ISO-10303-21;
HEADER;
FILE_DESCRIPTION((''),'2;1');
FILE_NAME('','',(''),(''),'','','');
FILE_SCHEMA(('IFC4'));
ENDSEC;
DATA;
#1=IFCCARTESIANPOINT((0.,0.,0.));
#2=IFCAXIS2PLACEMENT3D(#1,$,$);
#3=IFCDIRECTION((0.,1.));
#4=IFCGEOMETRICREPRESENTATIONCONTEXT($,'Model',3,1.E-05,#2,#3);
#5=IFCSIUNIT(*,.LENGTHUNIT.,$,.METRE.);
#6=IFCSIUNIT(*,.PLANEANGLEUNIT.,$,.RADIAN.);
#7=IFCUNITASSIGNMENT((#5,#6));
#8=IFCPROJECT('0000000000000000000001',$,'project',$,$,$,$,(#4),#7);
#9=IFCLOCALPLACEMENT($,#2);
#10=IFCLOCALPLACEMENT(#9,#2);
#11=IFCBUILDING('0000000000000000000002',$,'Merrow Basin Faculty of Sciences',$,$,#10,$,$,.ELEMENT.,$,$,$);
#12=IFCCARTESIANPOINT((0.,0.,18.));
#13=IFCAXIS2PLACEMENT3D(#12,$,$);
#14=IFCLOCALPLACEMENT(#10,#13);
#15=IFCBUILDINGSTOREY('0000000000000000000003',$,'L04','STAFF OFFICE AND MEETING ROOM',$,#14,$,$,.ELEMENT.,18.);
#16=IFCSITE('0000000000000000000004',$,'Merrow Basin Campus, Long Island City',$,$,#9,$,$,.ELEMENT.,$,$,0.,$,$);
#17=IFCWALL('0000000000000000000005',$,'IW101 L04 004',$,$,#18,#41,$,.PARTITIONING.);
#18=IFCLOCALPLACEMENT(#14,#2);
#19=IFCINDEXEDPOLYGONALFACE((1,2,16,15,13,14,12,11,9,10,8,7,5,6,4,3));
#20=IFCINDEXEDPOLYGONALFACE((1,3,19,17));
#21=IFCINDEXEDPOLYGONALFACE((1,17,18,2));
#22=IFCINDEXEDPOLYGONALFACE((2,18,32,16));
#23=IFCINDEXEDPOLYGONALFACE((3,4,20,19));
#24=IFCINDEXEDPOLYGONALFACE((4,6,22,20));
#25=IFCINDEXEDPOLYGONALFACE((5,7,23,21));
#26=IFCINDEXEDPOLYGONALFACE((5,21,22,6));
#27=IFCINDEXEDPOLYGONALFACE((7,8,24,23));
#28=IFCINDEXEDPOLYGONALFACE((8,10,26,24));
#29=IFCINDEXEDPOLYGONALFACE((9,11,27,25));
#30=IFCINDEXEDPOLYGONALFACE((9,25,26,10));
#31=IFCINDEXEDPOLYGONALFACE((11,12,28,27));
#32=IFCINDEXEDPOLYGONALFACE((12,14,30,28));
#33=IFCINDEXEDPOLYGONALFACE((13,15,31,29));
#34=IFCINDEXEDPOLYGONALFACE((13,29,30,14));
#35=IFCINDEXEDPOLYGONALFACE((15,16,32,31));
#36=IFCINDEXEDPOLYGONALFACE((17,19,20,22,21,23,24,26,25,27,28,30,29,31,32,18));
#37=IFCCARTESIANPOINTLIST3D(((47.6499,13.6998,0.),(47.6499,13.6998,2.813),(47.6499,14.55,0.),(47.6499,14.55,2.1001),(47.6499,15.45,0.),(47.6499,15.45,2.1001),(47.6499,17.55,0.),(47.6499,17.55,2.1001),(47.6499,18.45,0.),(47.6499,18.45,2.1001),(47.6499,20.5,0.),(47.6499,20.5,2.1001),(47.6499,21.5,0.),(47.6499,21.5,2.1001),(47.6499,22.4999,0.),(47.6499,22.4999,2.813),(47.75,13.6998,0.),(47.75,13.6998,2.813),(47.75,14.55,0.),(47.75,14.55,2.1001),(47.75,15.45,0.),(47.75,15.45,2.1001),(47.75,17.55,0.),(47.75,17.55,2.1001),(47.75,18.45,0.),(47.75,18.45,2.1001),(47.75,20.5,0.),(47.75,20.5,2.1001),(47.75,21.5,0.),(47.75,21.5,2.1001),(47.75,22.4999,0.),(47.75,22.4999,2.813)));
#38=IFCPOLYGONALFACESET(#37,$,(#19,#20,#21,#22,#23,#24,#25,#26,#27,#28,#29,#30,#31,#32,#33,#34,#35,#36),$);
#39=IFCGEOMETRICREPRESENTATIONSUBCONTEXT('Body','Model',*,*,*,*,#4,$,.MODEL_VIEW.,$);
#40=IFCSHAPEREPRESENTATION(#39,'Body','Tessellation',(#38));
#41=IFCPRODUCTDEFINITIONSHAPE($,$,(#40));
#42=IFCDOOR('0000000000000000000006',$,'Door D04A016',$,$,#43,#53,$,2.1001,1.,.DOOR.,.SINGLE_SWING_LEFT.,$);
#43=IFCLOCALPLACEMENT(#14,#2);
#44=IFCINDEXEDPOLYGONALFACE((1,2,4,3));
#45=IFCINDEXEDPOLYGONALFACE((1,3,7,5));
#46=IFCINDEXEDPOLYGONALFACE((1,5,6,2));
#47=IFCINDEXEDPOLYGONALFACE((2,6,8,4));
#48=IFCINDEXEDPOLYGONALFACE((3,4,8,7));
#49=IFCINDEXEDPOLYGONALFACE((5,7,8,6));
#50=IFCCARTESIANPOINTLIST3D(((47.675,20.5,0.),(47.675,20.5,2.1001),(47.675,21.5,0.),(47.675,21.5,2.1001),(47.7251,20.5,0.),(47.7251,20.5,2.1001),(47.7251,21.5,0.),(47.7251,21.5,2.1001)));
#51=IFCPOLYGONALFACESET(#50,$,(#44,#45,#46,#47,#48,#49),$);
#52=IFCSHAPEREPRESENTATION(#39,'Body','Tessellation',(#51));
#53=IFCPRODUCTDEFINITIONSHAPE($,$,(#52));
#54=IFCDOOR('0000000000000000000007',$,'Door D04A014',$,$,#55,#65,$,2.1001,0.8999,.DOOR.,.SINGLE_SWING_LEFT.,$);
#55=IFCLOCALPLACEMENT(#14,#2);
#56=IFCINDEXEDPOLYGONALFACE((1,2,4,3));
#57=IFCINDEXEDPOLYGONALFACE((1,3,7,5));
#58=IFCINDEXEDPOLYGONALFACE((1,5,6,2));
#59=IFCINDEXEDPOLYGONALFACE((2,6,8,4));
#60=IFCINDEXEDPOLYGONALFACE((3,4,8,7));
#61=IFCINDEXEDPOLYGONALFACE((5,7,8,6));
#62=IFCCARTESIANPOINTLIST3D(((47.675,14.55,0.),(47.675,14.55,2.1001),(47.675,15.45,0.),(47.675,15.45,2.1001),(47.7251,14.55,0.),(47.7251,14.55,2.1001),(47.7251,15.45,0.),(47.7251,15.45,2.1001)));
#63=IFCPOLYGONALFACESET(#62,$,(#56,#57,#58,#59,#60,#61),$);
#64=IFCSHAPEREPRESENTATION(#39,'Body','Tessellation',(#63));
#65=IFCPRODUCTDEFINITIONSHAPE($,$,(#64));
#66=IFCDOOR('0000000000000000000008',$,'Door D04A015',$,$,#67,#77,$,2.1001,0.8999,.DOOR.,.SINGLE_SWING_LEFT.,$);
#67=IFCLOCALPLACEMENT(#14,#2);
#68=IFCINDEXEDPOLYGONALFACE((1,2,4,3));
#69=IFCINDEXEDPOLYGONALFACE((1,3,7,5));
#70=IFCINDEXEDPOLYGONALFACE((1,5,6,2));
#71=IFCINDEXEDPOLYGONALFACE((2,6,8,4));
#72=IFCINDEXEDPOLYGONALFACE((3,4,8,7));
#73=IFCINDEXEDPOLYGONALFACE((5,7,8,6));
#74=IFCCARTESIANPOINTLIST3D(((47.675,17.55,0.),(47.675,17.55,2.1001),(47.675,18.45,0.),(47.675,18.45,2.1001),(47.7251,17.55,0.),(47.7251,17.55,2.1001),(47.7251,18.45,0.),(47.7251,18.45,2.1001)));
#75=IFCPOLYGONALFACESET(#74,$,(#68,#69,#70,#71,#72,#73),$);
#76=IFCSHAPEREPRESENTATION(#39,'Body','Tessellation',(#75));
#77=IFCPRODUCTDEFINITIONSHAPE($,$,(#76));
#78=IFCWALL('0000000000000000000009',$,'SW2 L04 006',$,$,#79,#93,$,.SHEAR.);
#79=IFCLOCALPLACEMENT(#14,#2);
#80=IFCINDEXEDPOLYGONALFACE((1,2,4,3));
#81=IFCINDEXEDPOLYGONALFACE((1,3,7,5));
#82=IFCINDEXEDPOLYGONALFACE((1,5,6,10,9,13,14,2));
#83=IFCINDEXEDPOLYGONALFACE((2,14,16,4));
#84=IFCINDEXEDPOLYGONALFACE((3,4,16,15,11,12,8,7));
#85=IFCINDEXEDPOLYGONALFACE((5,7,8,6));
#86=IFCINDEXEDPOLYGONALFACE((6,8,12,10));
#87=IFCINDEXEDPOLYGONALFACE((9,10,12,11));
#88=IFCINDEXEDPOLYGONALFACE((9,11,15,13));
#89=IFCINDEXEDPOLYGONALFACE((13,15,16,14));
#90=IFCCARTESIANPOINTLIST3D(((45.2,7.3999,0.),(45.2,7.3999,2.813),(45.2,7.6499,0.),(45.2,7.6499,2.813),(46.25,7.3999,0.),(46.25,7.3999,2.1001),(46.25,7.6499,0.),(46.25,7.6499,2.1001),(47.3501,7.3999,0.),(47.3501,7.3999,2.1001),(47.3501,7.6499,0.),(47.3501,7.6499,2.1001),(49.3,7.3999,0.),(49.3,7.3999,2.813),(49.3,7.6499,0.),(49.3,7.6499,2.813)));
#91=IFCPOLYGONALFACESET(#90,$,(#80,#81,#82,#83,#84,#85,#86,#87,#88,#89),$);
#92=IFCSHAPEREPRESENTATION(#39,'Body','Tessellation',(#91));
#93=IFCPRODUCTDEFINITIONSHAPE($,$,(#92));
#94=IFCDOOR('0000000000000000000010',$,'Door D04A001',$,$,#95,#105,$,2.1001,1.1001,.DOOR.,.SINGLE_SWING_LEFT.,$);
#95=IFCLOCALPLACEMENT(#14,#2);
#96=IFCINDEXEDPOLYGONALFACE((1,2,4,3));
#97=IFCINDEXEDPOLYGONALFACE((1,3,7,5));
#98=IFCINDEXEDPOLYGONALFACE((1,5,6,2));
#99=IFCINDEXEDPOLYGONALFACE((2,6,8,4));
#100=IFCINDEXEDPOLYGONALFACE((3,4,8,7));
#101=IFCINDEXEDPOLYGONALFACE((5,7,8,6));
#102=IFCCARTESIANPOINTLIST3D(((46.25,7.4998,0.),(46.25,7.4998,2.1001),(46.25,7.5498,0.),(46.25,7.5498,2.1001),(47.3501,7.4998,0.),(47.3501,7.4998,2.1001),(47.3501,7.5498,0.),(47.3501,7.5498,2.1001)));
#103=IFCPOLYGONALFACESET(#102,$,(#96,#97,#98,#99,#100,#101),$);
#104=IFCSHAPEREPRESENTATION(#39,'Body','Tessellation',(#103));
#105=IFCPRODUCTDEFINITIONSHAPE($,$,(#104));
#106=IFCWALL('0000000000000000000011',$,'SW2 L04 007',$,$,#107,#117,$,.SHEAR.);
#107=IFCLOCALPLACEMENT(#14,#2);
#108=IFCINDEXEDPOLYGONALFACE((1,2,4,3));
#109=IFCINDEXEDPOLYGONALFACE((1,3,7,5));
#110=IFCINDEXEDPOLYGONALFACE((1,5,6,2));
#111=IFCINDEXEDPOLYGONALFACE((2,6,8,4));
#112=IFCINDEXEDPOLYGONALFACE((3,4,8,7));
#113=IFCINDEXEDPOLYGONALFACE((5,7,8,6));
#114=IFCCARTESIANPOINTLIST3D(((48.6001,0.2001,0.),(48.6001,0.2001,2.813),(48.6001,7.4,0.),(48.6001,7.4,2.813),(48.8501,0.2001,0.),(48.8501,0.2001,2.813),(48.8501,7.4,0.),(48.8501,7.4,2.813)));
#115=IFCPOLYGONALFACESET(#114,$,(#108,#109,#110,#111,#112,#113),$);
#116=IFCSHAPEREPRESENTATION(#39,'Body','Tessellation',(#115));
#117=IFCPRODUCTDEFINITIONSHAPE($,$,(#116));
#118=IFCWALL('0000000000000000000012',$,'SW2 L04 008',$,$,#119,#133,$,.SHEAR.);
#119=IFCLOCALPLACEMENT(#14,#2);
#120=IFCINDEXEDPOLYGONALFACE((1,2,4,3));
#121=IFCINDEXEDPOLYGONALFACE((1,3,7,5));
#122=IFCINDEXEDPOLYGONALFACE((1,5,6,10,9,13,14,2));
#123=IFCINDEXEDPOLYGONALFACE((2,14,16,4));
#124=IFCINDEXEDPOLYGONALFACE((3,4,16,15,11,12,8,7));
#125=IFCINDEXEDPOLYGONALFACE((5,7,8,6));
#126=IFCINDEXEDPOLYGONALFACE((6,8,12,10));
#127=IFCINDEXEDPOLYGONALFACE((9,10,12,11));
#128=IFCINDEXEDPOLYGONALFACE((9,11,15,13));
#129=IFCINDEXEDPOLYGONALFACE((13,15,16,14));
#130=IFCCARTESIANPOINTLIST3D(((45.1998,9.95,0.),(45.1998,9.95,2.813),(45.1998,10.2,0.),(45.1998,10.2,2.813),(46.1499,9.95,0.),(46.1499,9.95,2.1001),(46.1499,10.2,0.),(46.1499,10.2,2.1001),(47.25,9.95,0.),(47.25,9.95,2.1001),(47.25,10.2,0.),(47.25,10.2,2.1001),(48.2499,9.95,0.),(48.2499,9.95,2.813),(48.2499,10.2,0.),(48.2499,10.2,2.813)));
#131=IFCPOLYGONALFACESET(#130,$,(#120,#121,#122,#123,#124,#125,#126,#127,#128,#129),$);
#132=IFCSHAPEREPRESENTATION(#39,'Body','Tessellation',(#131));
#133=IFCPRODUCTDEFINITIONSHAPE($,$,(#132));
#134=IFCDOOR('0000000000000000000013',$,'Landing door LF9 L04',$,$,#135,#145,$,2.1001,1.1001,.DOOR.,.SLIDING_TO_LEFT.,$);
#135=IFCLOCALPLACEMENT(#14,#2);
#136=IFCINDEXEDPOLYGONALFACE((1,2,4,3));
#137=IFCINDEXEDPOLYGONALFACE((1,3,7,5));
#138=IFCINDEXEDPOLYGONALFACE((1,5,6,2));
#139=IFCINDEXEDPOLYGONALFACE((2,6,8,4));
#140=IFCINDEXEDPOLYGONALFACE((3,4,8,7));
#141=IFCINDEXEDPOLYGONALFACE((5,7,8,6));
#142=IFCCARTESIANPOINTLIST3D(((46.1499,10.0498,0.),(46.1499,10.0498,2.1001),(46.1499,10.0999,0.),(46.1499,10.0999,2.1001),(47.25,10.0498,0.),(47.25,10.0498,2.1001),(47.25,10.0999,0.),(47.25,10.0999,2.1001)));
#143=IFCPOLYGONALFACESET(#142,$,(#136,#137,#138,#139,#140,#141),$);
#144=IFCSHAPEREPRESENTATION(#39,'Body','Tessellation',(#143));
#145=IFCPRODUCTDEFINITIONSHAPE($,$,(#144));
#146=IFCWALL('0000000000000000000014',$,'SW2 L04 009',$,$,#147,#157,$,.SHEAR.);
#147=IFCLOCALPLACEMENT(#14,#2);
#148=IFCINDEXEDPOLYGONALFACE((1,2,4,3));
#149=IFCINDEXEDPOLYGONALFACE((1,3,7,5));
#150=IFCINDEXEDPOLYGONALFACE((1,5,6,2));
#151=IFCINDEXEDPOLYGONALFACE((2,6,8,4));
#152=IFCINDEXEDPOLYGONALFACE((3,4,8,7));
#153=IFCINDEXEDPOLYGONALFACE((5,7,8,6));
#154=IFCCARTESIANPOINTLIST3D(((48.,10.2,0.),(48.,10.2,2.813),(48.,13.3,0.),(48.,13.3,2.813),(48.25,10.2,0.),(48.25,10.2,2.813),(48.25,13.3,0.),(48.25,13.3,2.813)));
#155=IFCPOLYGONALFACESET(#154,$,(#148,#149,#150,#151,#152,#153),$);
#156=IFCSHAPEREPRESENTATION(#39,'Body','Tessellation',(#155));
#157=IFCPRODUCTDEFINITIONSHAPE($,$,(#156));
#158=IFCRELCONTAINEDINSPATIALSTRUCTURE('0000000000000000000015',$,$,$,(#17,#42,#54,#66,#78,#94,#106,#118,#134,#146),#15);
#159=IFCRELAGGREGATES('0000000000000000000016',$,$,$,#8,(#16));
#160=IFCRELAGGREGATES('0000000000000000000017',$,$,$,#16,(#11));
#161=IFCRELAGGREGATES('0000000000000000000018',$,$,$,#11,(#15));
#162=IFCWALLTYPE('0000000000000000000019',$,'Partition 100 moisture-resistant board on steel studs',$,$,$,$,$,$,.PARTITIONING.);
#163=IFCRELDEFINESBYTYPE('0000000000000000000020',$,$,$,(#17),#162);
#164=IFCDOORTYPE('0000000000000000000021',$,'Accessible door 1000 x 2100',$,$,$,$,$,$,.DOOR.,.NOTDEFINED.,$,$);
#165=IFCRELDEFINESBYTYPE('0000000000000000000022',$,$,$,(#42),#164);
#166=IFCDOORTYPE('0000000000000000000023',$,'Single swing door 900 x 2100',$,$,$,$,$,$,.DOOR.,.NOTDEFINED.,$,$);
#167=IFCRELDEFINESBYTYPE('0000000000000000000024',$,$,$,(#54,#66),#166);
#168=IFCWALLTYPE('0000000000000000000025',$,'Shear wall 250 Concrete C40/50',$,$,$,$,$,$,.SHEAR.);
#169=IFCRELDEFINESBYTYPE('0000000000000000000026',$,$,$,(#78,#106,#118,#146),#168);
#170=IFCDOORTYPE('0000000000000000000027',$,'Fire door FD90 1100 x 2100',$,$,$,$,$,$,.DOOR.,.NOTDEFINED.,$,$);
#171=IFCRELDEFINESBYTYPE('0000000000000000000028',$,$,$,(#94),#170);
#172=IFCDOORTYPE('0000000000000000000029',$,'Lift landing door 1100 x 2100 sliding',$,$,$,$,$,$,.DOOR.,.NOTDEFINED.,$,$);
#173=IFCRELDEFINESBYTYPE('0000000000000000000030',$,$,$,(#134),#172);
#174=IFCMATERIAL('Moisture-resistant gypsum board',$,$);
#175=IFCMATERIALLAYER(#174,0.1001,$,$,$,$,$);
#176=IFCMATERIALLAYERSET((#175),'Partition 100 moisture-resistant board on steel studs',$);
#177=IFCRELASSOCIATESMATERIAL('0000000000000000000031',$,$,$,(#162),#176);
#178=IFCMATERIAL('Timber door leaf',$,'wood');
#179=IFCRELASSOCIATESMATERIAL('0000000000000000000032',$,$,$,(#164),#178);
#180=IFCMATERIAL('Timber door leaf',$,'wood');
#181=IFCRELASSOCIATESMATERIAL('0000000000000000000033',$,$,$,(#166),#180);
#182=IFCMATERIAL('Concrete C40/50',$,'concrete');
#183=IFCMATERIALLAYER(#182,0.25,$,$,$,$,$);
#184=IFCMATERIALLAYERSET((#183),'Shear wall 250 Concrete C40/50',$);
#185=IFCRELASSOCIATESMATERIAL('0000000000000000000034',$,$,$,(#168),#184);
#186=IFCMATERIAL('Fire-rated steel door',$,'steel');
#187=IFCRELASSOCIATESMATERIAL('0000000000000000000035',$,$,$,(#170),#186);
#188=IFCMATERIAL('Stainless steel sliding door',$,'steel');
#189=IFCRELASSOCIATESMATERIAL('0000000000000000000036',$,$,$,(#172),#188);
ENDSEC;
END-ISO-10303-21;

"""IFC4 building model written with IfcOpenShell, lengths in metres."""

from ifc_helpers import new_model, si_unit, direction, frame, frame_2d, origin, place, context, subcontext, project, spatial, rectangle, extrude, material, layer, layer_set, type_object, element, fill, save


model = new_model("IFC4")

# Units and contexts
model_context = context("Model", 3, precision=1e-05, world=origin(), true_north=direction((0.0, 1.0)))
body_context = subcontext(model_context, "Body", "Model", "MODEL_VIEW")
ifc_project = project(units=[si_unit("LENGTHUNIT", "METRE"), si_unit("PLANEANGLEUNIT", "RADIAN")], contexts=[model_context])

# Site, building, storey
site_placement = place(None, origin())
site = spatial("IfcSite", under=ifc_project, at=site_placement, Name="Merrow Basin Campus, Long Island City", CompositionType="ELEMENT", RefElevation=0.0)
building_placement = place(site_placement, origin())
building = spatial("IfcBuilding", under=site, at=building_placement, Name="Merrow Basin Faculty of Sciences", CompositionType="ELEMENT")
storey_placement = place(building_placement, frame((0.0, 0.0, 18.0)))
storey = spatial("IfcBuildingStorey", under=building, at=storey_placement, Name="L04", Description="STAFF OFFICE AND MEETING ROOM", CompositionType="ELEMENT", Elevation=18.0)

# Wall, openings, doors
ifc_material_1 = material(Name="Moisture-resistant gypsum board")
ifc_layer_1 = layer(ifc_material_1, 0.1001)
ifc_layer_set_1 = layer_set([ifc_layer_1], Name="Partition 100 moisture-resistant board on steel studs")
wall_type_1 = type_object("IfcWallType", Name="Partition 100 moisture-resistant board on steel studs", PredefinedType="PARTITIONING", material=ifc_layer_set_1)
wall_1_placement = place(storey_placement, frame((47.7, 13.7, 0.0), z_axis=(0.0, 0.0, 1.0), x_axis=(0.0, 1.0, 0.0)))
wall_1 = element("IfcWall", 1, at=wall_1_placement, inside=storey, type_object=wall_type_1, Name="IW101 L04 004", PredefinedType="PARTITIONING", context=body_context, shape_type="SweptSolid", body=[
    extrude(rectangle(XDim=8.8, YDim=0.1001, at=frame_2d((4.3999, 0.0))), origin(), (0.0, 0.0, 1.0), 2.813),
])
opening_1_placement = place(wall_1_placement, frame((0.8501, 0.0, 0.0)))
opening_1 = element("IfcOpeningElement", 2, at=opening_1_placement, cuts=wall_1, PredefinedType="OPENING", context=body_context, shape_type="SweptSolid", body=[
    extrude(rectangle(XDim=0.8999, YDim=2.1001, at=frame_2d((0.45, 1.05))), frame((0.0, 0.0601, 0.0), z_axis=(0.0, -1.0, 0.0), x_axis=(1.0, 0.0, 0.0)), (0.0, 0.0, 1.0), 0.1201),
])
opening_2_placement = place(wall_1_placement, frame((3.8501, 0.0, 0.0)))
opening_2 = element("IfcOpeningElement", 3, at=opening_2_placement, cuts=wall_1, PredefinedType="OPENING", context=body_context, shape_type="SweptSolid", body=[
    extrude(rectangle(XDim=0.8999, YDim=2.1001, at=frame_2d((0.45, 1.05))), frame((0.0, 0.0601, 0.0), z_axis=(0.0, -1.0, 0.0), x_axis=(1.0, 0.0, 0.0)), (0.0, 0.0, 1.0), 0.1201),
])
opening_3_placement = place(wall_1_placement, frame((6.8, 0.0, 0.0)))
opening_3 = element("IfcOpeningElement", 4, at=opening_3_placement, cuts=wall_1, PredefinedType="OPENING", context=body_context, shape_type="SweptSolid", body=[
    extrude(rectangle(XDim=1.0, YDim=2.1001, at=frame_2d((0.5, 1.05))), frame((0.0, 0.0601, 0.0), z_axis=(0.0, -1.0, 0.0), x_axis=(1.0, 0.0, 0.0)), (0.0, 0.0, 1.0), 0.1201),
])
ifc_material_2 = material(Name="Timber door leaf", Category="wood")
door_type_1 = type_object("IfcDoorType", Name="Accessible door 1000 x 2100", OperationType="NOTDEFINED", PredefinedType="DOOR", material=ifc_material_2)
door_1_placement = place(opening_3_placement, origin())
door_1 = element("IfcDoor", 5, at=door_1_placement, inside=storey, type_object=door_type_1, Name="Door D04A016", OperationType="SINGLE_SWING_LEFT", OverallHeight=2.1001, OverallWidth=1.0, PredefinedType="DOOR", context=body_context, shape_type="SweptSolid", body=[
    extrude(rectangle(XDim=1.0, YDim=2.1001, at=frame_2d((0.5, 1.05))), frame((0.0, 0.0249, 0.0), z_axis=(0.0, -1.0, 0.0), x_axis=(1.0, 0.0, 0.0)), (0.0, 0.0, 1.0), 0.05),
])
fill(opening_3, door_1)
ifc_material_3 = material(Name="Timber door leaf", Category="wood")
door_type_2 = type_object("IfcDoorType", Name="Single swing door 900 x 2100", OperationType="NOTDEFINED", PredefinedType="DOOR", material=ifc_material_3)
door_2_placement = place(opening_1_placement, origin())
door_2 = element("IfcDoor", 6, at=door_2_placement, inside=storey, type_object=door_type_2, Name="Door D04A014", OperationType="SINGLE_SWING_LEFT", OverallHeight=2.1001, OverallWidth=0.8999, PredefinedType="DOOR", context=body_context, shape_type="SweptSolid", body=[
    extrude(rectangle(XDim=0.8999, YDim=2.1001, at=frame_2d((0.45, 1.05))), frame((0.0, 0.0249, 0.0), z_axis=(0.0, -1.0, 0.0), x_axis=(1.0, 0.0, 0.0)), (0.0, 0.0, 1.0), 0.05),
])
fill(opening_1, door_2)
door_3_placement = place(opening_2_placement, origin())
door_3 = element("IfcDoor", 7, at=door_3_placement, inside=storey, type_object=door_type_2, Name="Door D04A015", OperationType="SINGLE_SWING_LEFT", OverallHeight=2.1001, OverallWidth=0.8999, PredefinedType="DOOR", context=body_context, shape_type="SweptSolid", body=[
    extrude(rectangle(XDim=0.8999, YDim=2.1001, at=frame_2d((0.45, 1.05))), frame((0.0, 0.0249, 0.0), z_axis=(0.0, -1.0, 0.0), x_axis=(1.0, 0.0, 0.0)), (0.0, 0.0, 1.0), 0.05),
])
fill(opening_2, door_3)

# Wall, opening, door
ifc_material_4 = material(Name="Concrete C40/50", Category="concrete")
ifc_layer_2 = layer(ifc_material_4, 0.25)
ifc_layer_set_2 = layer_set([ifc_layer_2], Name="Shear wall 250 Concrete C40/50")
wall_type_2 = type_object("IfcWallType", Name="Shear wall 250 Concrete C40/50", PredefinedType="SHEAR", material=ifc_layer_set_2)
wall_2_placement = place(storey_placement, frame((45.2, 7.5249, 0.0), z_axis=(0.0, 0.0, 1.0), x_axis=(1.0, 0.0, 0.0)))
wall_2 = element("IfcWall", 8, at=wall_2_placement, inside=storey, type_object=wall_type_2, Name="SW2 L04 006", PredefinedType="SHEAR", context=body_context, shape_type="SweptSolid", body=[
    extrude(rectangle(XDim=4.1001, YDim=0.25, at=frame_2d((2.05, 0.0))), origin(), (0.0, 0.0, 1.0), 2.813),
])
opening_4_placement = place(wall_2_placement, frame((1.05, 0.0, 0.0)))
opening_4 = element("IfcOpeningElement", 9, at=opening_4_placement, cuts=wall_2, PredefinedType="OPENING", context=body_context, shape_type="SweptSolid", body=[
    extrude(rectangle(XDim=1.1001, YDim=2.1001, at=frame_2d((0.55, 1.05))), frame((0.0, 0.135, 0.0), z_axis=(0.0, -1.0, 0.0), x_axis=(1.0, 0.0, 0.0)), (0.0, 0.0, 1.0), 0.27),
])
ifc_material_5 = material(Name="Fire-rated steel door", Category="steel")
door_type_3 = type_object("IfcDoorType", Name="Fire door FD90 1100 x 2100", OperationType="NOTDEFINED", PredefinedType="DOOR", material=ifc_material_5)
door_4_placement = place(opening_4_placement, origin())
door_4 = element("IfcDoor", 10, at=door_4_placement, inside=storey, type_object=door_type_3, Name="Door D04A001", OperationType="SINGLE_SWING_LEFT", OverallHeight=2.1001, OverallWidth=1.1001, PredefinedType="DOOR", context=body_context, shape_type="SweptSolid", body=[
    extrude(rectangle(XDim=1.1001, YDim=2.1001, at=frame_2d((0.55, 1.05))), frame((0.0, 0.0249, 0.0), z_axis=(0.0, -1.0, 0.0), x_axis=(1.0, 0.0, 0.0)), (0.0, 0.0, 1.0), 0.05),
])
fill(opening_4, door_4)

# Wall
wall_3_placement = place(storey_placement, frame((48.7251, 0.2, 0.0), z_axis=(0.0, 0.0, 1.0), x_axis=(0.0, 1.0, 0.0)))
element("IfcWall", 11, at=wall_3_placement, inside=storey, type_object=wall_type_2, Name="SW2 L04 007", PredefinedType="SHEAR", context=body_context, shape_type="SweptSolid", body=[
    extrude(rectangle(XDim=7.2, YDim=0.25, at=frame_2d((3.6001, 0.0))), origin(), (0.0, 0.0, 1.0), 2.813),
])

# Wall, opening, door
wall_4_placement = place(storey_placement, frame((45.2, 10.075, 0.0), z_axis=(0.0, 0.0, 1.0), x_axis=(1.0, 0.0, 0.0)))
wall_4 = element("IfcWall", 12, at=wall_4_placement, inside=storey, type_object=wall_type_2, Name="SW2 L04 008", PredefinedType="SHEAR", context=body_context, shape_type="SweptSolid", body=[
    extrude(rectangle(XDim=3.05, YDim=0.25, at=frame_2d((1.5249, 0.0))), origin(), (0.0, 0.0, 1.0), 2.813),
])
opening_5_placement = place(wall_4_placement, frame((0.95, 0.0, 0.0)))
opening_5 = element("IfcOpeningElement", 13, at=opening_5_placement, cuts=wall_4, PredefinedType="OPENING", context=body_context, shape_type="SweptSolid", body=[
    extrude(rectangle(XDim=1.1001, YDim=2.1001, at=frame_2d((0.55, 1.05))), frame((0.0, 0.135, 0.0), z_axis=(0.0, -1.0, 0.0), x_axis=(1.0, 0.0, 0.0)), (0.0, 0.0, 1.0), 0.27),
])
ifc_material_6 = material(Name="Stainless steel sliding door", Category="steel")
door_type_4 = type_object("IfcDoorType", Name="Lift landing door 1100 x 2100 sliding", OperationType="NOTDEFINED", PredefinedType="DOOR", material=ifc_material_6)
door_5_placement = place(opening_5_placement, origin())
door_5 = element("IfcDoor", 14, at=door_5_placement, inside=storey, type_object=door_type_4, Name="Landing door LF9 L04", OperationType="SLIDING_TO_LEFT", OverallHeight=2.1001, OverallWidth=1.1001, PredefinedType="DOOR", context=body_context, shape_type="SweptSolid", body=[
    extrude(rectangle(XDim=1.1001, YDim=2.1001, at=frame_2d((0.55, 1.05))), frame((0.0, 0.0249, 0.0), z_axis=(0.0, -1.0, 0.0), x_axis=(1.0, 0.0, 0.0)), (0.0, 0.0, 1.0), 0.05),
])
fill(opening_5, door_5)

# Wall
wall_5_placement = place(storey_placement, frame((48.125, 10.2, 0.0), z_axis=(0.0, 0.0, 1.0), x_axis=(0.0, 1.0, 0.0)))
element("IfcWall", 15, at=wall_5_placement, inside=storey, type_object=wall_type_2, Name="SW2 L04 009", PredefinedType="SHEAR", context=body_context, shape_type="SweptSolid", body=[
    extrude(rectangle(XDim=3.1001, YDim=0.25, at=frame_2d((1.55, 0.0))), origin(), (0.0, 0.0, 1.0), 2.813),
])

save(model, "model.ifc")
